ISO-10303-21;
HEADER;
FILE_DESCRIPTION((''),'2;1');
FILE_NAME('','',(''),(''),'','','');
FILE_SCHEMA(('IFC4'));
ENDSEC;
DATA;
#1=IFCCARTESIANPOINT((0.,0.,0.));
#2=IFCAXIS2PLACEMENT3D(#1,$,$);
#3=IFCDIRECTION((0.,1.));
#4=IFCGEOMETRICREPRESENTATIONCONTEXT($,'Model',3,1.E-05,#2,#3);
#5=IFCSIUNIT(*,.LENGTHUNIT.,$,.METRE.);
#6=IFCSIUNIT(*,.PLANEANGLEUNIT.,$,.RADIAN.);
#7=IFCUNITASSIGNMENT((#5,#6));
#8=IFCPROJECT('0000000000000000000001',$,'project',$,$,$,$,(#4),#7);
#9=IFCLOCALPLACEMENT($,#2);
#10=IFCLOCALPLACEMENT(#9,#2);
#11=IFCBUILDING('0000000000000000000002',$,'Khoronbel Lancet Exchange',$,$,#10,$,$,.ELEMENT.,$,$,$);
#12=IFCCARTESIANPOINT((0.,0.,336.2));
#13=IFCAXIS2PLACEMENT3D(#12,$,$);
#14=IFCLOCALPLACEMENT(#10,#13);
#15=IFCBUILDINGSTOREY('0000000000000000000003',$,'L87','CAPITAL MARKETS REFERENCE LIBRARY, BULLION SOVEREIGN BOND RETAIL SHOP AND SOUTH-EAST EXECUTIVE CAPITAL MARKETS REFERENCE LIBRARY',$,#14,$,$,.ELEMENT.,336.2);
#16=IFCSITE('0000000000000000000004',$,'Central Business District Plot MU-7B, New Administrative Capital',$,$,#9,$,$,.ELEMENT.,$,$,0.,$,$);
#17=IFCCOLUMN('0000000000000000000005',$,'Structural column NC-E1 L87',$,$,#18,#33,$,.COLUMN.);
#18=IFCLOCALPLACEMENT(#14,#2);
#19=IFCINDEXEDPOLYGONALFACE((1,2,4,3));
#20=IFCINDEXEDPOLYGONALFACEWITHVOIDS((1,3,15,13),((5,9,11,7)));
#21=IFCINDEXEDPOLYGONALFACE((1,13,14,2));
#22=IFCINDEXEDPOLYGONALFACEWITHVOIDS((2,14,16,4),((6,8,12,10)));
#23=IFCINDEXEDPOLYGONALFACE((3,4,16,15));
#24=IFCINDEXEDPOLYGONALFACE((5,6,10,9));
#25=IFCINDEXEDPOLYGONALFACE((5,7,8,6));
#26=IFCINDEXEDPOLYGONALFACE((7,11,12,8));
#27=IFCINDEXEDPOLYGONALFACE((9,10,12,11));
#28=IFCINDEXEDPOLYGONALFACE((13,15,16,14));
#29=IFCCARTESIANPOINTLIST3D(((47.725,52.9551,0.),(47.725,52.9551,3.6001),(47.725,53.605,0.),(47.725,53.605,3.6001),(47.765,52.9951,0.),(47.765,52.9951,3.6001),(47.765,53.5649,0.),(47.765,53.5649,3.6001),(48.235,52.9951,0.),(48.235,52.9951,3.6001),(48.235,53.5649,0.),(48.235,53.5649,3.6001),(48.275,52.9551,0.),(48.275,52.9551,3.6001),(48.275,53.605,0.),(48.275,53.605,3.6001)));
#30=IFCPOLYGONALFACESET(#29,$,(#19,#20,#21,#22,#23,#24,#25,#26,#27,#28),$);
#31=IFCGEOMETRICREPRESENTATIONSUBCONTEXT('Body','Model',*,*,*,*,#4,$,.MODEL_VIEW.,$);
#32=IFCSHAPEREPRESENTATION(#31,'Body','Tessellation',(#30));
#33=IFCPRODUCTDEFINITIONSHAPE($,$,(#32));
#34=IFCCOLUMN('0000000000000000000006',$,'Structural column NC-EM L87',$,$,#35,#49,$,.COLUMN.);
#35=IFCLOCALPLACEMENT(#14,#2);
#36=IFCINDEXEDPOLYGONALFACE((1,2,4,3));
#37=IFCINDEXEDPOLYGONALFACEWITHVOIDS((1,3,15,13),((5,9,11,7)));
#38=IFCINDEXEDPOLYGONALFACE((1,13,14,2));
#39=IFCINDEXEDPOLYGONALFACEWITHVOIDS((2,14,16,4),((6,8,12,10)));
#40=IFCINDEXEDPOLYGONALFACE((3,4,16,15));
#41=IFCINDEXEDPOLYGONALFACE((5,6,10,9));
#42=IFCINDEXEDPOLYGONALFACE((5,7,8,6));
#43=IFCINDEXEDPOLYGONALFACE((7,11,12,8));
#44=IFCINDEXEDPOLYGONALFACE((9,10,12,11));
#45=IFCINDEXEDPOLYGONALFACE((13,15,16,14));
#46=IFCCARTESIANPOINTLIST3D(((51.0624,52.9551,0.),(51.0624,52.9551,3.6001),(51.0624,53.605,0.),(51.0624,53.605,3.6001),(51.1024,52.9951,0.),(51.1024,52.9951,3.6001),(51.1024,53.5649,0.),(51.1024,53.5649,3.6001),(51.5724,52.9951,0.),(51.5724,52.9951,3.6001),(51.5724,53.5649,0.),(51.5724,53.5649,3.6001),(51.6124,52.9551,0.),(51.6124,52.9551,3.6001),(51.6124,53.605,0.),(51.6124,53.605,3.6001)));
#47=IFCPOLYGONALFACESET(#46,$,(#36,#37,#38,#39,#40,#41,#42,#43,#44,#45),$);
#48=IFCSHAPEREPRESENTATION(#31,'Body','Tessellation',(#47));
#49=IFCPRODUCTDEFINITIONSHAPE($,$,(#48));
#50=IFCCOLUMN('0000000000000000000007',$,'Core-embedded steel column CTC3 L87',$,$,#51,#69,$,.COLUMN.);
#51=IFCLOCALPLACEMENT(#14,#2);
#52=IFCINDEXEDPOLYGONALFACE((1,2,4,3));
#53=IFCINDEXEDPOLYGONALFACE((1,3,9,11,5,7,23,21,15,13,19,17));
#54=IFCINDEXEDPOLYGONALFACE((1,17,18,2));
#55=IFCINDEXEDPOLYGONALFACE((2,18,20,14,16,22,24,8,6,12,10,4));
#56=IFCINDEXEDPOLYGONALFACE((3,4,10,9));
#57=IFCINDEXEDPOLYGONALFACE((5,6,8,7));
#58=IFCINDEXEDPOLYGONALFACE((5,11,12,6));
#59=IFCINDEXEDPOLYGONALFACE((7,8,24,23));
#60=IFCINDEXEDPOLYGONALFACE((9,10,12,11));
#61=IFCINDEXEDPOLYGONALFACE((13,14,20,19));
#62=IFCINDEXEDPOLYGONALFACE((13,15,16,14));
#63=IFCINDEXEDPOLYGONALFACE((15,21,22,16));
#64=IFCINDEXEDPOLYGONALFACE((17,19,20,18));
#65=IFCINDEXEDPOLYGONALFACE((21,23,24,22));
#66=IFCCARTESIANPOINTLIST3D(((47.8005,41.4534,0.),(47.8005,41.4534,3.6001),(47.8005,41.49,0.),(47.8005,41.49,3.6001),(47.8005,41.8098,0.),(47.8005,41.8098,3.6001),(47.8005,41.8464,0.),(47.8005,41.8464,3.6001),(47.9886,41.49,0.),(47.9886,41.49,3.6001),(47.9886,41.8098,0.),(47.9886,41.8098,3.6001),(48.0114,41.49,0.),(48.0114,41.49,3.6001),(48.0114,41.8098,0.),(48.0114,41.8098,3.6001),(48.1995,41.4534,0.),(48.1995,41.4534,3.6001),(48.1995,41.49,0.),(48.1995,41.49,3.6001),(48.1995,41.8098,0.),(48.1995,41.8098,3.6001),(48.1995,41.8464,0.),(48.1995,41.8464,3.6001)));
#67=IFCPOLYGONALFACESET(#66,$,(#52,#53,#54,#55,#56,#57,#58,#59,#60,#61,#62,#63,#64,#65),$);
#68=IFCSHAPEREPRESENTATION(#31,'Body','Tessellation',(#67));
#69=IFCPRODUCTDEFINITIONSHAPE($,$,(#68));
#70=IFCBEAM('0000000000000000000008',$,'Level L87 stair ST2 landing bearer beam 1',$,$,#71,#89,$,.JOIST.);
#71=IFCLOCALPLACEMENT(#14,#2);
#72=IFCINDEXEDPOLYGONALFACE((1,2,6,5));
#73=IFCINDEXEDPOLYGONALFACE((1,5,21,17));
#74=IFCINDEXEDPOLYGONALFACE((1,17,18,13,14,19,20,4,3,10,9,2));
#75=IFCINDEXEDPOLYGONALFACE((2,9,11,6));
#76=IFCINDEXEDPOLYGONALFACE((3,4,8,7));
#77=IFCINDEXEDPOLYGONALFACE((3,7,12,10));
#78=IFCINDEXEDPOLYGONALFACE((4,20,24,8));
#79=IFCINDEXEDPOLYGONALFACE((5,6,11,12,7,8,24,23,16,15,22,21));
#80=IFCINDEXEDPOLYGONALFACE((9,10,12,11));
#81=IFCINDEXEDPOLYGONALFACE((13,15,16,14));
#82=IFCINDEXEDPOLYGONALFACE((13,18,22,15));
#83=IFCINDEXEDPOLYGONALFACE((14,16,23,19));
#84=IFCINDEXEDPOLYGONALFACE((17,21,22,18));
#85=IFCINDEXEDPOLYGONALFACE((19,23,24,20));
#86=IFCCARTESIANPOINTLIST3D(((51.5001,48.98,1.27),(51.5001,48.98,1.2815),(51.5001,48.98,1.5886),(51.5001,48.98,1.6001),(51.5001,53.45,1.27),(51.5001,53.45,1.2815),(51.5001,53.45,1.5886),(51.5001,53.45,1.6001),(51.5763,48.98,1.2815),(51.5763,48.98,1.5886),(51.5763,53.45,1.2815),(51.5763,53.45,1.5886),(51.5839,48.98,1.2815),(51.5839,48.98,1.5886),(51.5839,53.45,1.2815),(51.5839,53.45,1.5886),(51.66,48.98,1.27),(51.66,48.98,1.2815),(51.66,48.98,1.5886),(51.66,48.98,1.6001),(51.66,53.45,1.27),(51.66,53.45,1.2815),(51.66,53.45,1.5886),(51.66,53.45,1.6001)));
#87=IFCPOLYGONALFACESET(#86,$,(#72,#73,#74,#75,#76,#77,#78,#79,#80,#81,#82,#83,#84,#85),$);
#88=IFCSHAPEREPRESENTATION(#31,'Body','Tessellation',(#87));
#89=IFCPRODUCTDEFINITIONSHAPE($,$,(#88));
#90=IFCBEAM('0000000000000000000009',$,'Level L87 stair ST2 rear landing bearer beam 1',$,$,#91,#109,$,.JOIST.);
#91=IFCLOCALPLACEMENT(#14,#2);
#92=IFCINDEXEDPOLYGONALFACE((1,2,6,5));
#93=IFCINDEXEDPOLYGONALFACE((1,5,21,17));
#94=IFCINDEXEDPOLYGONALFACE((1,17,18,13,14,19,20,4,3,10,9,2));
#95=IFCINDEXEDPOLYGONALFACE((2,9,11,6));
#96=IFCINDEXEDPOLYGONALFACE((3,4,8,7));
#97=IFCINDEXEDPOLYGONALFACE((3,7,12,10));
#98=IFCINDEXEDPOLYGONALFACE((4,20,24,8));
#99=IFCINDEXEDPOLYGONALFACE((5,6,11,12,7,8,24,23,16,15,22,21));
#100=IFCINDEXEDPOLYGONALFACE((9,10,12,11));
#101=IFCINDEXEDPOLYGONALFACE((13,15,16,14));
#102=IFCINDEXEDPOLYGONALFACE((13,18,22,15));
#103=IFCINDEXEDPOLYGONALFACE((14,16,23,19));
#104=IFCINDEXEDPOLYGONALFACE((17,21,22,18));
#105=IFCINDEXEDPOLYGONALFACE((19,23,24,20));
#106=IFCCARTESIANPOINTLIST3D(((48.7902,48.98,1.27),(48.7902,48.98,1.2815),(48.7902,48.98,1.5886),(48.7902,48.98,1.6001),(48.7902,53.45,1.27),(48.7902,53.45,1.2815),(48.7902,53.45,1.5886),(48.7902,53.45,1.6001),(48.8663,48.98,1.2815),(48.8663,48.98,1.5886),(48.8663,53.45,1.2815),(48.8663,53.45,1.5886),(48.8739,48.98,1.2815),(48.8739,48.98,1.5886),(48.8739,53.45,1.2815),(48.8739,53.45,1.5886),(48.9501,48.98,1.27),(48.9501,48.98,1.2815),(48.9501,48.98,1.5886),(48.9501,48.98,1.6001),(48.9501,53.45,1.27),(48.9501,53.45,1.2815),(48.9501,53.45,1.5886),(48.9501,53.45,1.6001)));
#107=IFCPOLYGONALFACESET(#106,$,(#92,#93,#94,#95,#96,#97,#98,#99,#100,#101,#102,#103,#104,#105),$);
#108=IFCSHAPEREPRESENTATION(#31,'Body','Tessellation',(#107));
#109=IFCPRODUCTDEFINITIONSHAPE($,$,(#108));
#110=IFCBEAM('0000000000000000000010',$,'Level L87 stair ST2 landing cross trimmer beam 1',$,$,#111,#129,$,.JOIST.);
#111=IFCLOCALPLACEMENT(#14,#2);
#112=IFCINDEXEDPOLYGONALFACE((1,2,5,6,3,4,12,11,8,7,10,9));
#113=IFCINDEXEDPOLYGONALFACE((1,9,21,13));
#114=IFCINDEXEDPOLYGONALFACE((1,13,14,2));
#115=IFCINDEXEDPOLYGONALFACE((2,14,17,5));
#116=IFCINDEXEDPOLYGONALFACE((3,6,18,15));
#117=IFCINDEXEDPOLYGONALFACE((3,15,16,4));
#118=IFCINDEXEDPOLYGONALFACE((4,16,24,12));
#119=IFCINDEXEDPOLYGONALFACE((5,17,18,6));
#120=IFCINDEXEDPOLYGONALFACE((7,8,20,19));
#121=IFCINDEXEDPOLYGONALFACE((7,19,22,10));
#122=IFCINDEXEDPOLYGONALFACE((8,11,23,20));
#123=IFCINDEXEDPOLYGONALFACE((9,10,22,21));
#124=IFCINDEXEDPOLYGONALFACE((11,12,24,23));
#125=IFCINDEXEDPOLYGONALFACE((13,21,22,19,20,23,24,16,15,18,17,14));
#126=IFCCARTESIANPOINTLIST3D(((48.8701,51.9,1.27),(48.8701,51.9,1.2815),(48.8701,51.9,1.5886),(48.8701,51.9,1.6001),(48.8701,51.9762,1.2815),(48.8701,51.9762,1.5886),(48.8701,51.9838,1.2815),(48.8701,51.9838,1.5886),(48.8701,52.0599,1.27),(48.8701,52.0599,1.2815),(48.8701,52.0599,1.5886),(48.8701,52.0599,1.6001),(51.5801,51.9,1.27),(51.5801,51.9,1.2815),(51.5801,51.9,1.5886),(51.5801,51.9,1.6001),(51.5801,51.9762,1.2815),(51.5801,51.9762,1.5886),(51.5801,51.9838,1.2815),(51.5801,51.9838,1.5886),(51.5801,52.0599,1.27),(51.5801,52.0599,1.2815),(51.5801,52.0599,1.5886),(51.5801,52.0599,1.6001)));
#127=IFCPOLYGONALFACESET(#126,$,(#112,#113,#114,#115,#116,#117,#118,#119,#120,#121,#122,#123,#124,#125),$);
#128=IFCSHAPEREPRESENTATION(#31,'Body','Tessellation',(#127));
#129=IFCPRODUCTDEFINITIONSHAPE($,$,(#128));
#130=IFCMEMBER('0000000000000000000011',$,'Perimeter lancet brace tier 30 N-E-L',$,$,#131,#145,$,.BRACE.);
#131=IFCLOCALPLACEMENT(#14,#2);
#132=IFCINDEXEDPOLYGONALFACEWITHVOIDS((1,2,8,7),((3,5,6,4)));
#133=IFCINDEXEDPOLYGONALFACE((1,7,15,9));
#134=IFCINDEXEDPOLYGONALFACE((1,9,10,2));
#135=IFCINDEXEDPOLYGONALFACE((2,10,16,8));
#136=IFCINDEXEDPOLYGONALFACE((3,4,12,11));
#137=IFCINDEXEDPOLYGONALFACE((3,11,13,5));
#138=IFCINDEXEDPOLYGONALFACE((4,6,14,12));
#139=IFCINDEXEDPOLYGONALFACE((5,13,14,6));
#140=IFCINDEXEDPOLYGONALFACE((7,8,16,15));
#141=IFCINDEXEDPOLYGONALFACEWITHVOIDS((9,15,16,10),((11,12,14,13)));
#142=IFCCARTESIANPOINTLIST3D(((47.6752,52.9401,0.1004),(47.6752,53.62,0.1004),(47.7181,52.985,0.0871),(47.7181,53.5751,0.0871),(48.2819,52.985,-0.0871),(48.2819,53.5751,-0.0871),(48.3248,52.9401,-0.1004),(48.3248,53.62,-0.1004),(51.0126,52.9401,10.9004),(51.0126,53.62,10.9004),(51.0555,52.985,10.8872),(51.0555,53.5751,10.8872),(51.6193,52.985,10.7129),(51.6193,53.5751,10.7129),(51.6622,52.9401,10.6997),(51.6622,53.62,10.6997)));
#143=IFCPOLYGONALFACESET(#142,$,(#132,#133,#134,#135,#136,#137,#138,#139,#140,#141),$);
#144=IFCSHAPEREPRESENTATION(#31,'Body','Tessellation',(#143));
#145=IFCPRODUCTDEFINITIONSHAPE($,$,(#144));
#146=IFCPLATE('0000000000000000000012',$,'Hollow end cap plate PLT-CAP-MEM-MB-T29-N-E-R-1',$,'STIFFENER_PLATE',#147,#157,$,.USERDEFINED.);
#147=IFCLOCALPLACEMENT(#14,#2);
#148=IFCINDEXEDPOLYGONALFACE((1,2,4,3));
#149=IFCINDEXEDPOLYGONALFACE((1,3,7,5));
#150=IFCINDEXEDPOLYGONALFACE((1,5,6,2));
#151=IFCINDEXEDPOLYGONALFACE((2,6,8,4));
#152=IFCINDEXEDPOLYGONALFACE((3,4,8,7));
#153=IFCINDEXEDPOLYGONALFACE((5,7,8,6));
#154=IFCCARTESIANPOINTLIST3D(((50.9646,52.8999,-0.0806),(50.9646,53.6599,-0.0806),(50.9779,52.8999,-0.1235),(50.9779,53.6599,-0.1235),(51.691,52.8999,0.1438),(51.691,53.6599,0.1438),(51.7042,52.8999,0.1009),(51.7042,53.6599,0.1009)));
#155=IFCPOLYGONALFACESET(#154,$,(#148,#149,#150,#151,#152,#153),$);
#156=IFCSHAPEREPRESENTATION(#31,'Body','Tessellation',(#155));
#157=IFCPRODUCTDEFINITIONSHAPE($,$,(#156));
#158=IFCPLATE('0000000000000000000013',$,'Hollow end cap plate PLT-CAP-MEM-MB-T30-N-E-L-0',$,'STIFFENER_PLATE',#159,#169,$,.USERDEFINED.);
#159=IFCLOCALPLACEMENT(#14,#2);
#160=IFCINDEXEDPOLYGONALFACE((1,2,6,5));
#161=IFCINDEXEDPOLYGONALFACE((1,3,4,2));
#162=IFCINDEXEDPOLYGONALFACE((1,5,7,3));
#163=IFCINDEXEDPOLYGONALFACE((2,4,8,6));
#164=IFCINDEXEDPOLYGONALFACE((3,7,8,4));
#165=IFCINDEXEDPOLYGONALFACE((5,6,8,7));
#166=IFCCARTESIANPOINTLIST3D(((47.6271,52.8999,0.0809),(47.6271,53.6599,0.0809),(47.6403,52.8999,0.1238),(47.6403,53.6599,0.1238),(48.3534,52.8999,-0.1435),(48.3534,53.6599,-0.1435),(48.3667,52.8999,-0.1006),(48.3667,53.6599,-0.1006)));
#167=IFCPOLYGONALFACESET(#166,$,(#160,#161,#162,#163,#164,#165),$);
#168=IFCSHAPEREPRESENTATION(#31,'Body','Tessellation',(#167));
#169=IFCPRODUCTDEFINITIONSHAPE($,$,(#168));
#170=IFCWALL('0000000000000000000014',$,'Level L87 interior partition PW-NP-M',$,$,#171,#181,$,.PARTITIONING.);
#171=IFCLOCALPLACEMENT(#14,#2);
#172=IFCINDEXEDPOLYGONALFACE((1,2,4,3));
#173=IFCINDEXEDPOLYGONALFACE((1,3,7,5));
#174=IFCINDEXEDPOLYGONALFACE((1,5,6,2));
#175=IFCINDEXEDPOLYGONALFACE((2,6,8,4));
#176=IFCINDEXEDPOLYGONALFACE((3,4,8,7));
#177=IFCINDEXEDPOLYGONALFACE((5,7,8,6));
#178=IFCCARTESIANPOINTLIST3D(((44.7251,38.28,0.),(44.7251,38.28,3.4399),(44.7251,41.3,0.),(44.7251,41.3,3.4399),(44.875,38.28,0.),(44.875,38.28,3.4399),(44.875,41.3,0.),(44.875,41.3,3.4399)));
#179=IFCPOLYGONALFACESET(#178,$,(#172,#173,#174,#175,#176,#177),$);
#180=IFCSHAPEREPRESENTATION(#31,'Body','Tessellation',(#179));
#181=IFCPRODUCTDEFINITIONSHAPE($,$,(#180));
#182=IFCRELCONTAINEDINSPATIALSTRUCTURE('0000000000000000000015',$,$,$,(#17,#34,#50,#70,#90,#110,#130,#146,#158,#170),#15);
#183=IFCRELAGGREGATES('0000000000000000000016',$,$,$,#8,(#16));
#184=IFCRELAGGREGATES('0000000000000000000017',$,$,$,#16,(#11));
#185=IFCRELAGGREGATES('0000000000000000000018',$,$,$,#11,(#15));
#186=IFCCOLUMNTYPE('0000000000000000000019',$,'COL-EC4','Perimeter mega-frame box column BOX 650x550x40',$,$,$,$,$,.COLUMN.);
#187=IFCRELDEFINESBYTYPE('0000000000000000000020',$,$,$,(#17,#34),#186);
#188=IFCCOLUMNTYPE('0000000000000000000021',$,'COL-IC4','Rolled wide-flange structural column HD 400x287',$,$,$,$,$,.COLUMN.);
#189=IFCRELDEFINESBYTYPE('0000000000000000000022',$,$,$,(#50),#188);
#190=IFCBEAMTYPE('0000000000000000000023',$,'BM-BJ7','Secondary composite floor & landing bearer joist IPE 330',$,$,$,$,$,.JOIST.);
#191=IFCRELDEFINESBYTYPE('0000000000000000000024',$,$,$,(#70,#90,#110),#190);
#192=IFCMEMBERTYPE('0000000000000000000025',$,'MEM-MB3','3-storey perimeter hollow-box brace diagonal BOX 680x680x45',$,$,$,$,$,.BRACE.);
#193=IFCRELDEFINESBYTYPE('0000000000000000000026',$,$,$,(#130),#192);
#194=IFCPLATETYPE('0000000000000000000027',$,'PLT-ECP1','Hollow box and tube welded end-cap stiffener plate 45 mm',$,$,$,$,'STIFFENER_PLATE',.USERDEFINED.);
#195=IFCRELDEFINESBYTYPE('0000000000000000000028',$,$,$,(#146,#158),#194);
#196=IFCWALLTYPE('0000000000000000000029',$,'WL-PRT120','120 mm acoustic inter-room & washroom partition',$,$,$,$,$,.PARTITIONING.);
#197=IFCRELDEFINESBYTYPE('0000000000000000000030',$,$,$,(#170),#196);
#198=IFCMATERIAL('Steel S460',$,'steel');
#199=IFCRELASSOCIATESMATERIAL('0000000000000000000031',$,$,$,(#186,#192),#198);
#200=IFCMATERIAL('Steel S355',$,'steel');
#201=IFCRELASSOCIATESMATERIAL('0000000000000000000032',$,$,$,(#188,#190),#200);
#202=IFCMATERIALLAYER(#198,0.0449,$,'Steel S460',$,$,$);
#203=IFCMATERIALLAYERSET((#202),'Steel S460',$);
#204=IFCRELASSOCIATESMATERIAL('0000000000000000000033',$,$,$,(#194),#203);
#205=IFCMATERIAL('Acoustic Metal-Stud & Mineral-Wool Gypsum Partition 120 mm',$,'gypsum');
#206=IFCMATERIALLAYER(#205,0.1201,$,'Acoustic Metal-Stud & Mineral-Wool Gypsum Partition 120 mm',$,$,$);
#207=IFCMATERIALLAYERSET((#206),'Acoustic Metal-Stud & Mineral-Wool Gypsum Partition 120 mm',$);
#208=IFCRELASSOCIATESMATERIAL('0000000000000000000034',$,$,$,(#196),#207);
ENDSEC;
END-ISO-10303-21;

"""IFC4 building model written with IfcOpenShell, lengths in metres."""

from ifc_helpers import new_model, si_unit, direction, frame, frame_2d, origin, origin_2d, place, context, subcontext, project, spatial, polyline, rectangle, hollow_rectangle, i_section, outline, extrude, material, layer, layer_set, material_profile, profile_set, type_object, element, save


model = new_model("IFC4")

# Units and contexts
model_context = context("Model", 3, precision=1e-05, world=origin(), true_north=direction((0.0, 1.0)))
body_context = subcontext(model_context, "Body", "Model", "MODEL_VIEW")
ifc_project = project(units=[si_unit("LENGTHUNIT", "METRE"), si_unit("PLANEANGLEUNIT", "RADIAN")], contexts=[model_context])

# Site, building, storey
site_placement = place(None, origin())
site = spatial("IfcSite", under=ifc_project, at=site_placement, Name="Central Business District Plot MU-7B, New Administrative Capital", CompositionType="ELEMENT", RefElevation=0.0)
building_placement = place(site_placement, origin())
building = spatial("IfcBuilding", under=site, at=building_placement, Name="Khoronbel Lancet Exchange", CompositionType="ELEMENT")
storey_placement = place(building_placement, frame((0.0, 0.0, 336.2)))
storey = spatial("IfcBuildingStorey", under=building, at=storey_placement, Name="L87", Description="CAPITAL MARKETS REFERENCE LIBRARY, BULLION SOVEREIGN BOND RETAIL SHOP AND SOUTH-EAST EXECUTIVE CAPITAL MARKETS REFERENCE LIBRARY", CompositionType="ELEMENT", Elevation=336.2)

# Columns
ifc_material_1 = material(Name="Steel S460", Category="steel")
ifc_material_profile_1 = material_profile(ifc_material_1, hollow_rectangle(XDim=0.55, YDim=0.6499, WallThickness=0.04, at=origin_2d()), Name="BOX 650x550x40")
ifc_profile_set_1 = profile_set([ifc_material_profile_1], Name="Steel S460")
column_type_1 = type_object("IfcColumnType", Name="COL-EC4", Description="Perimeter mega-frame box column BOX 650x550x40", PredefinedType="COLUMN", material=ifc_profile_set_1)
for number, where, z_axis, x_axis, name in (
    (1, (48.0, 53.28, 0.0), (0.0, 0.0, 1.0), (1.0, 0.0, 0.0), "Structural column NC-E1 L87"),
    (2, (51.3374, 53.28, 0.0), (0.0, 0.0, 1.0), (1.0, 0.0, 0.0), "Structural column NC-EM L87"),
):
    element("IfcColumn", number, at=place(storey_placement, frame(where, z_axis=z_axis, x_axis=x_axis)), inside=storey, type_object=column_type_1, Name=name, PredefinedType="COLUMN", context=body_context, shape_type="SweptSolid", body=[
        extrude(hollow_rectangle(XDim=0.55, YDim=0.6499, WallThickness=0.04, at=origin_2d()), origin(), (0.0, 0.0, 1.0), 3.6001),
    ])
ifc_material_2 = material(Name="Steel S355", Category="steel")
ifc_material_profile_2 = material_profile(ifc_material_2, i_section(OverallWidth=0.3989, OverallDepth=0.3931, WebThickness=0.0227, FlangeThickness=0.0366, at=origin_2d()), Name="HD 400x287")
ifc_profile_set_2 = profile_set([ifc_material_profile_2], Name="Steel S355")
column_type_2 = type_object("IfcColumnType", Name="COL-IC4", Description="Rolled wide-flange structural column HD 400x287", PredefinedType="COLUMN", material=ifc_profile_set_2)
column_placement = place(storey_placement, frame((48.0, 41.6499, 0.0), z_axis=(0.0, 0.0, 1.0), x_axis=(1.0, 0.0, 0.0)))
element("IfcColumn", 3, at=column_placement, inside=storey, type_object=column_type_2, Name="Core-embedded steel column CTC3 L87", PredefinedType="COLUMN", context=body_context, shape_type="SweptSolid", body=[
    extrude(i_section(OverallWidth=0.3989, OverallDepth=0.3931, WebThickness=0.0227, FlangeThickness=0.0366, at=origin_2d()), origin(), (0.0, 0.0, 1.0), 3.6001),
])

# Beams
ifc_material_profile_3 = material_profile(ifc_material_2, i_section(OverallWidth=0.1599, OverallDepth=0.3301, WebThickness=0.0076, FlangeThickness=0.0115, at=origin_2d()), Name="IPE 330")
ifc_profile_set_3 = profile_set([ifc_material_profile_3], Name="Steel S355")
beam_type = type_object("IfcBeamType", Name="BM-BJ7", Description="Secondary composite floor & landing bearer joist IPE 330", PredefinedType="JOIST", material=ifc_profile_set_3)
for number, where, z_axis, x_axis, name in (
    (4, (51.5801, 48.98, 1.4351), (0.0, 1.0, 0.0), (-1.0, 0.0, 0.0), "Level L87 stair ST2 landing bearer beam 1"),
    (5, (48.8701, 48.98, 1.4351), (0.0, 1.0, 0.0), (-1.0, 0.0, 0.0), "Level L87 stair ST2 rear landing bearer beam 1"),
):
    element("IfcBeam", number, at=place(storey_placement, frame(where, z_axis=z_axis, x_axis=x_axis)), inside=storey, type_object=beam_type, Name=name, PredefinedType="JOIST", context=body_context, shape_type="SweptSolid", body=[
        extrude(i_section(OverallWidth=0.1599, OverallDepth=0.3301, WebThickness=0.0076, FlangeThickness=0.0115, at=origin_2d()), origin(), (0.0, 0.0, 1.0), 4.47),
    ])
beam_placement = place(storey_placement, frame((48.8701, 51.98, 1.4351), z_axis=(1.0, 0.0, 0.0), x_axis=(0.0, 1.0, 0.0)))
element("IfcBeam", 6, at=beam_placement, inside=storey, type_object=beam_type, Name="Level L87 stair ST2 landing cross trimmer beam 1", PredefinedType="JOIST", context=body_context, shape_type="SweptSolid", body=[
    extrude(i_section(OverallWidth=0.1599, OverallDepth=0.3301, WebThickness=0.0076, FlangeThickness=0.0115, at=origin_2d()), origin(), (0.0, 0.0, 1.0), 2.71),
])

# Member
ifc_material_profile_4 = material_profile(ifc_material_1, hollow_rectangle(XDim=0.6799, YDim=0.6799, WallThickness=0.0449, at=origin_2d()), Name="BOX 680x680x45")
ifc_profile_set_4 = profile_set([ifc_material_profile_4], Name="Steel S460")
member_type = type_object("IfcMemberType", Name="MEM-MB3", Description="3-storey perimeter hollow-box brace diagonal BOX 680x680x45", PredefinedType="BRACE", material=ifc_profile_set_4)
member_placement = place(storey_placement, frame((48.0, 53.28, 0.0), z_axis=(0.295242, 0.0, 0.955422), x_axis=(0.0, 1.0, 0.0)))
element("IfcMember", 7, at=member_placement, inside=storey, type_object=member_type, Name="Perimeter lancet brace tier 30 N-E-L", PredefinedType="BRACE", context=body_context, shape_type="SweptSolid", body=[
    extrude(hollow_rectangle(XDim=0.6799, YDim=0.6799, WallThickness=0.0449, at=origin_2d()), origin(), (0.0, 0.0, 1.0), 11.304),
])

# Plates
ifc_layer_1 = layer(ifc_material_1, 0.0449, Name="Steel S460")
ifc_layer_set_1 = layer_set([ifc_layer_1], Name="Steel S460")
plate_type = type_object("IfcPlateType", Name="PLT-ECP1", Description="Hollow box and tube welded end-cap stiffener plate 45 mm", ElementType="STIFFENER_PLATE", PredefinedType="USERDEFINED", material=ifc_layer_set_1)
for number, where, z_axis, x_axis, name in (
    (8, (50.9646, 53.6599, -0.0806), (-0.295146, 0.0, 0.955452), (0.0, -1.0, 0.0), "Hollow end cap plate PLT-CAP-MEM-MB-T29-N-E-R-1"),
    (9, (48.3667, 52.8999, -0.1006), (0.295146, 0.0, 0.955452), (0.0, 1.0, 0.0), "Hollow end cap plate PLT-CAP-MEM-MB-T30-N-E-L-0"),
):
    element("IfcPlate", number, at=place(storey_placement, frame(where, z_axis=z_axis, x_axis=x_axis)), inside=storey, type_object=plate_type, Name=name, ObjectType="STIFFENER_PLATE", PredefinedType="USERDEFINED", context=body_context, shape_type="SweptSolid", body=[
        extrude(outline(polyline([(0.0, 0.0), (0.76, 0.0), (0.76, 0.7603), (0.0, 0.7603), (0.0, 0.0)])), origin(), (0.0, 0.0, -1.0), 0.0449),
    ])

# Wall
ifc_material_3 = material(Name="Acoustic Metal-Stud & Mineral-Wool Gypsum Partition 120 mm", Category="gypsum")
ifc_layer_2 = layer(ifc_material_3, 0.1201, Name="Acoustic Metal-Stud & Mineral-Wool Gypsum Partition 120 mm")
ifc_layer_set_2 = layer_set([ifc_layer_2], Name="Acoustic Metal-Stud & Mineral-Wool Gypsum Partition 120 mm")
wall_type_1 = type_object("IfcWallType", Name="WL-PRT120", Description="120 mm acoustic inter-room & washroom partition", PredefinedType="PARTITIONING", material=ifc_layer_set_2)
wall_1_placement = place(storey_placement, frame((44.8, 38.28, 0.0), z_axis=(0.0, 0.0, 1.0), x_axis=(0.0, 1.0, 0.0)))
element("IfcWall", 10, at=wall_1_placement, inside=storey, type_object=wall_type_1, Name="Level L87 interior partition PW-NP-M", PredefinedType="PARTITIONING", context=body_context, shape_type="SweptSolid", body=[
    extrude(rectangle(XDim=3.02, YDim=0.1499, at=frame_2d((1.51, 0.0))), origin(), (0.0, 0.0, 1.0), 3.4399),
])

save(model, "model.ifc")
